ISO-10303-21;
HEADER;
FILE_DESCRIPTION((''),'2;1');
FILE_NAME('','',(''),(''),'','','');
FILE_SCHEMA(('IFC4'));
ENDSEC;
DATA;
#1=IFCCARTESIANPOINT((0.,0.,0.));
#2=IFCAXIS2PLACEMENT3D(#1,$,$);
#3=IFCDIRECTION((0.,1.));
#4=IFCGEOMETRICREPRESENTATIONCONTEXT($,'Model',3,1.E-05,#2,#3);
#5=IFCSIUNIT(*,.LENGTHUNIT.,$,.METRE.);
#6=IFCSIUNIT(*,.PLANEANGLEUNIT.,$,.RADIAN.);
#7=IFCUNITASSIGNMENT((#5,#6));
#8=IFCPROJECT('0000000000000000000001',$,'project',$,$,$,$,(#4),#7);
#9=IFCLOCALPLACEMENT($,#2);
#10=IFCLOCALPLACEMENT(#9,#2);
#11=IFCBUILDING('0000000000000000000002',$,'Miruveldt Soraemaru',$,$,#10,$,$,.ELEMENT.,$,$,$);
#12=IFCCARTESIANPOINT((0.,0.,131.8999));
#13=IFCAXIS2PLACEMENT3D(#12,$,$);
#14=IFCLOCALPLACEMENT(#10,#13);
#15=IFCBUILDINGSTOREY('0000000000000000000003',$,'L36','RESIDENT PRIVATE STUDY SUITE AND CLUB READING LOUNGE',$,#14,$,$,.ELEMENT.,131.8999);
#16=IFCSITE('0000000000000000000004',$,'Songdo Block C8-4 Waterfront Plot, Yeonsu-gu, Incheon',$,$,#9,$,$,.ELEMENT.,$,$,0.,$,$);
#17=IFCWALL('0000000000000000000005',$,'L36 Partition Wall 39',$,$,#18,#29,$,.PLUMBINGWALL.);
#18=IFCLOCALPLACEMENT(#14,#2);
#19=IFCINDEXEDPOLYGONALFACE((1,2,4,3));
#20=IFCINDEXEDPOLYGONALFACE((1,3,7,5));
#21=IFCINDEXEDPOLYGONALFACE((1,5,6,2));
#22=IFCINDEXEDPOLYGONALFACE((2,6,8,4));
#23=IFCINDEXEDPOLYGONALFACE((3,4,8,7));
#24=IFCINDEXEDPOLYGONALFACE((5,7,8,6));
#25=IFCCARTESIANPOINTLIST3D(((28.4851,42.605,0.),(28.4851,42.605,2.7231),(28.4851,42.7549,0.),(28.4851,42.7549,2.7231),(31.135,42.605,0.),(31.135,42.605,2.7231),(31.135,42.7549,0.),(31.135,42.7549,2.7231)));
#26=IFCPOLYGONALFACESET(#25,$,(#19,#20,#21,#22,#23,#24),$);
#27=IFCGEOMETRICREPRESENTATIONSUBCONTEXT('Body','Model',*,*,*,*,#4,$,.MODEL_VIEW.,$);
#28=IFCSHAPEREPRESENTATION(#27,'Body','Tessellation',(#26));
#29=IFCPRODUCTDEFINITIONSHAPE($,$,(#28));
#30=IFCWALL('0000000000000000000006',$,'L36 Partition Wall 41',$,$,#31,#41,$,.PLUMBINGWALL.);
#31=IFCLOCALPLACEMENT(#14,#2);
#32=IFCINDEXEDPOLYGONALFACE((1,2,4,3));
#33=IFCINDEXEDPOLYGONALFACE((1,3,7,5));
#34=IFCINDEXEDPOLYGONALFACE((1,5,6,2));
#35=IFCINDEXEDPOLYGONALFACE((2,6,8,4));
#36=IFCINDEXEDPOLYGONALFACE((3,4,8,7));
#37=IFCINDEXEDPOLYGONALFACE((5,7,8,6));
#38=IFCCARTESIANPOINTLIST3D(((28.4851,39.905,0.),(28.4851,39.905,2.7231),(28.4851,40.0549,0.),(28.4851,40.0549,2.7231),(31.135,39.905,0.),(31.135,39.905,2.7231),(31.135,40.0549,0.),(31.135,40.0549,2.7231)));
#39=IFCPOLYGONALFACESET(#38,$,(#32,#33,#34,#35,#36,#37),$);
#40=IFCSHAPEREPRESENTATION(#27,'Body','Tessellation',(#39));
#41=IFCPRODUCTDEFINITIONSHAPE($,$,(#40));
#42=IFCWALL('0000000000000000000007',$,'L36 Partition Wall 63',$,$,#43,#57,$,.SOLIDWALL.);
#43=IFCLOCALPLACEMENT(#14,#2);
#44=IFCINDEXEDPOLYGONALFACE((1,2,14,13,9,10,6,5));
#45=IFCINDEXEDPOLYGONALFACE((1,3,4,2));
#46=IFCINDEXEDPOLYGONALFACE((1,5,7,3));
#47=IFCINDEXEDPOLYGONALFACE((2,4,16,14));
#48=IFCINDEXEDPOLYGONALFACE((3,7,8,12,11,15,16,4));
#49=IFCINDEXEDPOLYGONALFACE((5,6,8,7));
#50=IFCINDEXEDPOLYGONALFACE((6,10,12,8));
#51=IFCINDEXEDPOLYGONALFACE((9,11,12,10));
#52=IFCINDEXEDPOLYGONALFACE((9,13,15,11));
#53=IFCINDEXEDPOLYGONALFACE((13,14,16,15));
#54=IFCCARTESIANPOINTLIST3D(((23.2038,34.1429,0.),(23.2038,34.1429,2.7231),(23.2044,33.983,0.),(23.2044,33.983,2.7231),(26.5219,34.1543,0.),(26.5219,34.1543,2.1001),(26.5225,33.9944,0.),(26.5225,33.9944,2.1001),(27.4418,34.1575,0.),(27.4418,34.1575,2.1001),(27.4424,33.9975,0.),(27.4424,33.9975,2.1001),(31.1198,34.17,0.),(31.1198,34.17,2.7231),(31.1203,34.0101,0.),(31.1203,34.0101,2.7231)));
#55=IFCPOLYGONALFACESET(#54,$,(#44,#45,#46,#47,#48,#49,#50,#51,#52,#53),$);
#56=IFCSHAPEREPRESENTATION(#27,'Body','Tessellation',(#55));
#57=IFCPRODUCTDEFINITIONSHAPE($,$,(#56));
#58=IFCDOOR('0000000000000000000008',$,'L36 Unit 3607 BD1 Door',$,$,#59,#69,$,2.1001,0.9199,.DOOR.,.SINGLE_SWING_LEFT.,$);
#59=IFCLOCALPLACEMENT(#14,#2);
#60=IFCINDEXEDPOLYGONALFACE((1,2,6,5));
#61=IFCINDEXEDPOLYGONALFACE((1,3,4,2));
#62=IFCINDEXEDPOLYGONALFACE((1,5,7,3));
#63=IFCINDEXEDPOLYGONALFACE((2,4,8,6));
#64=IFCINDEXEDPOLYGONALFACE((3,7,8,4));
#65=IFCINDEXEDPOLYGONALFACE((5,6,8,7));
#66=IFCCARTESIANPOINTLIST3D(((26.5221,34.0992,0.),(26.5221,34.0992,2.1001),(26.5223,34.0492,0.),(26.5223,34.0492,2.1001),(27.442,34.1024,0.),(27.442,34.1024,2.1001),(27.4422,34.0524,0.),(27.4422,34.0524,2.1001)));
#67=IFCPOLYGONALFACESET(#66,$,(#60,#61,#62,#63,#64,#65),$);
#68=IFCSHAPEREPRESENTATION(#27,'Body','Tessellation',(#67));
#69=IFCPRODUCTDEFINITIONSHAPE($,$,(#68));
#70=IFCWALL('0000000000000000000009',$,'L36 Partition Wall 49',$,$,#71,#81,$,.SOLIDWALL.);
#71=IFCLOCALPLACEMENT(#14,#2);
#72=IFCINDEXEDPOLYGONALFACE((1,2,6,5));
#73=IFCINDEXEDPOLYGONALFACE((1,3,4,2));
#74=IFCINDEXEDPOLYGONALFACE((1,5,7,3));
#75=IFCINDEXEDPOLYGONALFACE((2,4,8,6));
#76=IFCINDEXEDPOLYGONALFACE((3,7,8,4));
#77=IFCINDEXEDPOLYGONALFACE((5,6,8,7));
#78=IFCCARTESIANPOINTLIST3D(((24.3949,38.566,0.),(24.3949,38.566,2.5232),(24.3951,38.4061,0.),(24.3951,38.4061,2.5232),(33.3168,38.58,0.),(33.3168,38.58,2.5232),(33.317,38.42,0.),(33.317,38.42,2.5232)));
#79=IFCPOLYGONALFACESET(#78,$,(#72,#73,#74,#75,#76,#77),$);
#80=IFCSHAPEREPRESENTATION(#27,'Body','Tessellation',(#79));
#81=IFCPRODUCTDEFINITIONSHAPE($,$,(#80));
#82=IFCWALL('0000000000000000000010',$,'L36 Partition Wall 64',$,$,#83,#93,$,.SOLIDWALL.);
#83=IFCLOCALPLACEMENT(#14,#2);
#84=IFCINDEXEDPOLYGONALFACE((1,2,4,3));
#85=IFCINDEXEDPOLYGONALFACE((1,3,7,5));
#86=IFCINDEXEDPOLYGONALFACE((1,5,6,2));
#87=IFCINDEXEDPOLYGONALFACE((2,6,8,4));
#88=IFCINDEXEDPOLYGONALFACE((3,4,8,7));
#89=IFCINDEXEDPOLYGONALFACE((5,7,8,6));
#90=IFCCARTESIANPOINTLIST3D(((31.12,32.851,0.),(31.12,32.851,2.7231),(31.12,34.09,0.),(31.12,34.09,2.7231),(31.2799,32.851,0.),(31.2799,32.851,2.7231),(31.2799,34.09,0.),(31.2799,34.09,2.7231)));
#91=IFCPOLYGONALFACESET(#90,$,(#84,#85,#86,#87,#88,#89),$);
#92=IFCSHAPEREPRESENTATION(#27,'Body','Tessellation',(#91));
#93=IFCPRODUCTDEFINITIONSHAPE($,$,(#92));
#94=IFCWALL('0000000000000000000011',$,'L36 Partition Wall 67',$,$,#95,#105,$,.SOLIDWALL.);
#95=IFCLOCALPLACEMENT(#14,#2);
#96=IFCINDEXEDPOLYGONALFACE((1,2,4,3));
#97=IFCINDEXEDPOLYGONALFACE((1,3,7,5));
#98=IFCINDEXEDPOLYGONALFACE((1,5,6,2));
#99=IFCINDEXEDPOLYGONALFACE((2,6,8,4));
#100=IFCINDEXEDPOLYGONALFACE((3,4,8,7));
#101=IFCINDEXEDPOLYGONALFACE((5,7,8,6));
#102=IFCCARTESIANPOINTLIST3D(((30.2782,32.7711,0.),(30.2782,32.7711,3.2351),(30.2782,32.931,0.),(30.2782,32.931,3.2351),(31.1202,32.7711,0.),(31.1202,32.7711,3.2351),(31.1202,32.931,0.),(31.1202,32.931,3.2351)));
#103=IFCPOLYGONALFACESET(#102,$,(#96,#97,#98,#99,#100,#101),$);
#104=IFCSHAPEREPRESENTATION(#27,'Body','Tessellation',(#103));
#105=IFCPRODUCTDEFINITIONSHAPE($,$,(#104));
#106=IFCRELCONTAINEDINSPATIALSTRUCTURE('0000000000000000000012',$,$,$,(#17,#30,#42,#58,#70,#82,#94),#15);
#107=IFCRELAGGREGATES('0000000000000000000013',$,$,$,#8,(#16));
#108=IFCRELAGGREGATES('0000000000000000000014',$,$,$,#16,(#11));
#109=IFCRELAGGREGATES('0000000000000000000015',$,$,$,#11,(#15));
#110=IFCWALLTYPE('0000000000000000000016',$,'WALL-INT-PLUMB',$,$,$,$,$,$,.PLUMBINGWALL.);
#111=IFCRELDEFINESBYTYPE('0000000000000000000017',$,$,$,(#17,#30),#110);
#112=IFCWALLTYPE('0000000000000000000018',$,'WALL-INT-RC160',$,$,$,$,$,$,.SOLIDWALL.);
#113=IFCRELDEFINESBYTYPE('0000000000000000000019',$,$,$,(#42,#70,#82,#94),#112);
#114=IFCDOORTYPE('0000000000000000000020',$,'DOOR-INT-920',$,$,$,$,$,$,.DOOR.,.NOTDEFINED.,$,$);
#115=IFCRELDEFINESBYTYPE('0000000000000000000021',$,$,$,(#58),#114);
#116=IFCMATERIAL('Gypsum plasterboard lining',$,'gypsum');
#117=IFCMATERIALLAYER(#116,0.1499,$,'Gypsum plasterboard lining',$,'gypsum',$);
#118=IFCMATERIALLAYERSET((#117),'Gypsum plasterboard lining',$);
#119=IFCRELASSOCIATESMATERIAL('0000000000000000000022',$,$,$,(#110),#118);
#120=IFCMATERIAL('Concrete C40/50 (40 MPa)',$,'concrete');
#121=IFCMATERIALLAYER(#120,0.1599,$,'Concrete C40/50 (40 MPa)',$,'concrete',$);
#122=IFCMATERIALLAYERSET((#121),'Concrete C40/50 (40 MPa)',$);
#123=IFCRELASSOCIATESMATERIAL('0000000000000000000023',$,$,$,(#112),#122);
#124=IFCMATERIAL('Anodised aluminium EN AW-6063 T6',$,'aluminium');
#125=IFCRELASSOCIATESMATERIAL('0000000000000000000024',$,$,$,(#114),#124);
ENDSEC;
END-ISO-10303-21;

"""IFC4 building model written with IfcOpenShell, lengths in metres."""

from ifc_helpers import new_model, si_unit, direction, frame, frame_2d, origin, place, context, subcontext, project, spatial, rectangle, extrude, material, layer, layer_set, type_object, element, fill, save


model = new_model("IFC4")

# Units and contexts
model_context = context("Model", 3, precision=1e-05, world=origin(), true_north=direction((0.0, 1.0)))
body_context = subcontext(model_context, "Body", "Model", "MODEL_VIEW")
ifc_project = project(units=[si_unit("LENGTHUNIT", "METRE"), si_unit("PLANEANGLEUNIT", "RADIAN")], contexts=[model_context])

# Site, building, storey
site_placement = place(None, origin())
site = spatial("IfcSite", under=ifc_project, at=site_placement, Name="Songdo Block C8-4 Waterfront Plot, Yeonsu-gu, Incheon", CompositionType="ELEMENT", RefElevation=0.0)
building_placement = place(site_placement, origin())
building = spatial("IfcBuilding", under=site, at=building_placement, Name="Miruveldt Soraemaru", CompositionType="ELEMENT")
storey_placement = place(building_placement, frame((0.0, 0.0, 131.8999)))
storey = spatial("IfcBuildingStorey", under=building, at=storey_placement, Name="L36", Description="RESIDENT PRIVATE STUDY SUITE AND CLUB READING LOUNGE", CompositionType="ELEMENT", Elevation=131.8999)

# Shared definitions
ifc_material_1 = material(Name="Gypsum plasterboard lining", Category="gypsum")
ifc_layer_1 = layer(ifc_material_1, 0.1499, Name="Gypsum plasterboard lining", Category="gypsum")
ifc_layer_set_1 = layer_set([ifc_layer_1], Name="Gypsum plasterboard lining")
wall_type_1 = type_object("IfcWallType", Name="WALL-INT-PLUMB", PredefinedType="PLUMBINGWALL", material=ifc_layer_set_1)
ifc_material_2 = material(Name="Anodised aluminium EN AW-6063 T6", Category="aluminium")

# Walls
for number, where, z_axis, x_axis, name in (
    (1, (31.135, 42.6799, 0.0), (0.0, 0.0, 1.0), (-1.0, 0.0, 0.0), "L36 Partition Wall 39"),
    (2, (28.4851, 39.98, 0.0), (0.0, 0.0, 1.0), (1.0, 0.0, 0.0), "L36 Partition Wall 41"),
):
    element("IfcWall", number, at=place(storey_placement, frame(where, z_axis=z_axis, x_axis=x_axis)), inside=storey, type_object=wall_type_1, Name=name, PredefinedType="PLUMBINGWALL", context=body_context, shape_type="SweptSolid", body=[
        extrude(rectangle(XDim=2.6499, YDim=0.1499, at=frame_2d((1.325, 0.0))), origin(), (0.0, 0.0, 1.0), 2.7231),
    ])

# Wall, opening, door
ifc_material_3 = material(Name="Concrete C40/50 (40 MPa)", Category="concrete")
ifc_layer_2 = layer(ifc_material_3, 0.1599, Name="Concrete C40/50 (40 MPa)", Category="concrete")
ifc_layer_set_2 = layer_set([ifc_layer_2], Name="Concrete C40/50 (40 MPa)")
wall_type_2 = type_object("IfcWallType", Name="WALL-INT-RC160", PredefinedType="SOLIDWALL", material=ifc_layer_set_2)
wall_1_placement = place(storey_placement, frame((23.2041, 34.063, 0.0), z_axis=(0.0, 0.0, 1.0), x_axis=(0.999994, 0.003423, 0.0)))
wall_1 = element("IfcWall", 3, at=wall_1_placement, inside=storey, type_object=wall_type_2, Name="L36 Partition Wall 63", PredefinedType="SOLIDWALL", context=body_context, shape_type="SweptSolid", body=[
    extrude(rectangle(XDim=7.916, YDim=0.1599, at=frame_2d((3.958, 0.0))), origin(), (0.0, 0.0, 1.0), 2.7231),
])
opening_1_placement = place(wall_1_placement, frame((3.3181, 0.0, 0.0)))
opening_1 = element("IfcOpeningElement", 4, at=opening_1_placement, cuts=wall_1, PredefinedType="OPENING", context=body_context, shape_type="SweptSolid", body=[
    extrude(rectangle(XDim=0.9199, YDim=2.1001, at=frame_2d((0.46, 1.05))), frame((0.0, 0.0898, 0.0), z_axis=(0.0, -1.0, 0.0), x_axis=(1.0, 0.0, 0.0)), (0.0, 0.0, 1.0), 0.1799),
])
door_type_1 = type_object("IfcDoorType", Name="DOOR-INT-920", OperationType="NOTDEFINED", PredefinedType="DOOR", material=ifc_material_2)
door_1_placement = place(opening_1_placement, origin())
door_1 = element("IfcDoor", 5, at=door_1_placement, inside=storey, type_object=door_type_1, Name="L36 Unit 3607 BD1 Door", OperationType="SINGLE_SWING_LEFT", OverallHeight=2.1001, OverallWidth=0.9199, PredefinedType="DOOR", context=body_context, shape_type="SweptSolid", body=[
    extrude(rectangle(XDim=0.9199, YDim=2.1001, at=frame_2d((0.46, 1.05))), frame((0.0, 0.0249, 0.0), z_axis=(0.0, -1.0, 0.0), x_axis=(1.0, 0.0, 0.0)), (0.0, 0.0, 1.0), 0.05),
])
fill(opening_1, door_1)

# Walls
wall_2_placement = place(storey_placement, frame((24.395, 38.4861, 0.0), z_axis=(0.0, 0.0, 1.0), x_axis=(0.999999, 0.00156, 0.0)))
element("IfcWall", 6, at=wall_2_placement, inside=storey, type_object=wall_type_2, Name="L36 Partition Wall 49", PredefinedType="SOLIDWALL", context=body_context, shape_type="SweptSolid", body=[
    extrude(rectangle(XDim=8.9219, YDim=0.1599, at=frame_2d((4.4609, 0.0))), origin(), (0.0, 0.0, 1.0), 2.5232),
])
wall_3_placement = place(storey_placement, frame((31.2, 34.0901, 0.0), z_axis=(0.0, 0.0, 1.0), x_axis=(0.0, -1.0, 0.0)))
element("IfcWall", 7, at=wall_3_placement, inside=storey, type_object=wall_type_2, Name="L36 Partition Wall 64", PredefinedType="SOLIDWALL", context=body_context, shape_type="SweptSolid", body=[
    extrude(rectangle(XDim=1.239, YDim=0.1599, at=frame_2d((0.6196, 0.0))), origin(), (0.0, 0.0, 1.0), 2.7231),
])
wall_4_placement = place(storey_placement, frame((31.1201, 32.8511, 0.0), z_axis=(0.0, 0.0, 1.0), x_axis=(-1.0, 0.0, 0.0)))
element("IfcWall", 8, at=wall_4_placement, inside=storey, type_object=wall_type_2, Name="L36 Partition Wall 67", PredefinedType="SOLIDWALL", context=body_context, shape_type="SweptSolid", body=[
    extrude(rectangle(XDim=0.842, YDim=0.1599, at=frame_2d((0.4209, 0.0))), origin(), (0.0, 0.0, 1.0), 3.2351),
])

save(model, "model.ifc")
